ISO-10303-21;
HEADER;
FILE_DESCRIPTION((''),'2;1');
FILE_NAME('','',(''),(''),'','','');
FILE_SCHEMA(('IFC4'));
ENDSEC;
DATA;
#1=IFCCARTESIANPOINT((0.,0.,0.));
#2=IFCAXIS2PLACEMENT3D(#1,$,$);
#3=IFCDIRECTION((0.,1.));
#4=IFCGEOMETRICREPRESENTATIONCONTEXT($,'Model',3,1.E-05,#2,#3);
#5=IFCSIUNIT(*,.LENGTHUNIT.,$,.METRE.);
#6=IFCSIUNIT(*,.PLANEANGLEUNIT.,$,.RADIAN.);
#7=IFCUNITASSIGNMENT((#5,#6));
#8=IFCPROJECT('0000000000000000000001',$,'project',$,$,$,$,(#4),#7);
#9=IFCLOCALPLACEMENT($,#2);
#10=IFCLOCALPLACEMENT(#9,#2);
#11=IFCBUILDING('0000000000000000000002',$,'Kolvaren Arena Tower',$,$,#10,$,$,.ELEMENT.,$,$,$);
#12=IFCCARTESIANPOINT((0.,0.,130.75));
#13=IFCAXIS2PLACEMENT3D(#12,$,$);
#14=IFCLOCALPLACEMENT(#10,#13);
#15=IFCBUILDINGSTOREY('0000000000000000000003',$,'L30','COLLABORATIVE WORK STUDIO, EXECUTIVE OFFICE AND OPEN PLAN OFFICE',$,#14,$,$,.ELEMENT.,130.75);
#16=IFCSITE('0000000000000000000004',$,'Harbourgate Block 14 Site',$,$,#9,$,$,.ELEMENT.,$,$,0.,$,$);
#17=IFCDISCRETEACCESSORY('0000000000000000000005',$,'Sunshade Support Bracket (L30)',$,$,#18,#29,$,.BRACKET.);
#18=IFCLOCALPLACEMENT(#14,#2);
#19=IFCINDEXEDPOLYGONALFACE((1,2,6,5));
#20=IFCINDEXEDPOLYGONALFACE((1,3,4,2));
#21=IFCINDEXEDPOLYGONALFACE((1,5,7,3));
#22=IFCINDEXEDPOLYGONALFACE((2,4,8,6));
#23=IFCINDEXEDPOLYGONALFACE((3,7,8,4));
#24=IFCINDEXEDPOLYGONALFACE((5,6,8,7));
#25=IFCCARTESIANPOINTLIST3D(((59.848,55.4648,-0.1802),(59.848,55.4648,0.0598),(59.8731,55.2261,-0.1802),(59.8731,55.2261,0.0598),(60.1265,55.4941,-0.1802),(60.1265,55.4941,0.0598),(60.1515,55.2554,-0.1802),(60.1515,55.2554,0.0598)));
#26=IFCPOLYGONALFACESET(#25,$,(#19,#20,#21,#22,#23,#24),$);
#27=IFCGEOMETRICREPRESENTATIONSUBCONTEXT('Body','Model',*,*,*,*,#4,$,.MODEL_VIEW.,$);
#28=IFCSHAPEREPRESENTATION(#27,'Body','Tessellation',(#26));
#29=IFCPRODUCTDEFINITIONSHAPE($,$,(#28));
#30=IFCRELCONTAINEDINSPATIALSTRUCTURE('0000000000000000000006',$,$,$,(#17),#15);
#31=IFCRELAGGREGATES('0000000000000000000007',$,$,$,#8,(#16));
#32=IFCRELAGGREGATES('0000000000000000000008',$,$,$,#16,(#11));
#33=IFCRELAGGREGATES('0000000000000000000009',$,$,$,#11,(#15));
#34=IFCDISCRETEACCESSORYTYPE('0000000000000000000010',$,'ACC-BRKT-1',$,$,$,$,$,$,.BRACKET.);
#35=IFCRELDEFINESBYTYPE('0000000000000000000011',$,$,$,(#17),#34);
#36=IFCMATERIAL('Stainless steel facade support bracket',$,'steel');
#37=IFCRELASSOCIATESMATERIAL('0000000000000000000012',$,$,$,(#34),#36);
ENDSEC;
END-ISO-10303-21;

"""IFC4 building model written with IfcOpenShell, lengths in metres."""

from ifc_helpers import new_model, si_unit, direction, frame, origin, origin_2d, place, context, subcontext, project, spatial, rectangle, extrude, material, type_object, element, save


model = new_model("IFC4")

# Units and contexts
model_context = context("Model", 3, precision=1e-05, world=origin(), true_north=direction((0.0, 1.0)))
body_context = subcontext(model_context, "Body", "Model", "MODEL_VIEW")
ifc_project = project(units=[si_unit("LENGTHUNIT", "METRE"), si_unit("PLANEANGLEUNIT", "RADIAN")], contexts=[model_context])

# Site, building, storey
site_placement = place(None, origin())
site = spatial("IfcSite", under=ifc_project, at=site_placement, Name="Harbourgate Block 14 Site", CompositionType="ELEMENT", RefElevation=0.0)
building_placement = place(site_placement, origin())
building = spatial("IfcBuilding", under=site, at=building_placement, Name="Kolvaren Arena Tower", CompositionType="ELEMENT")
storey_placement = place(building_placement, frame((0.0, 0.0, 130.75)))
storey = spatial("IfcBuildingStorey", under=building, at=storey_placement, Name="L30", Description="COLLABORATIVE WORK STUDIO, EXECUTIVE OFFICE AND OPEN PLAN OFFICE", CompositionType="ELEMENT", Elevation=130.75)

# Discrete accessory
ifc_material_1 = material(Name="Stainless steel facade support bracket", Category="steel")
discrete_accessory_type = type_object("IfcDiscreteAccessoryType", Name="ACC-BRKT-1", PredefinedType="BRACKET", material=ifc_material_1)
discrete_accessory_placement = place(storey_placement, frame((59.9998, 55.3601, -0.1802), z_axis=(0.0, 0.0, 1.0), x_axis=(0.994522, 0.104527, 0.0)))
element("IfcDiscreteAccessory", 1, at=discrete_accessory_placement, inside=storey, type_object=discrete_accessory_type, Name="Sunshade Support Bracket (L30)", PredefinedType="BRACKET", context=body_context, shape_type="SweptSolid", body=[
    extrude(rectangle(XDim=0.28, YDim=0.24, at=origin_2d()), origin(), (0.0, 0.0, 1.0), 0.24),
])

save(model, "model.ifc")
